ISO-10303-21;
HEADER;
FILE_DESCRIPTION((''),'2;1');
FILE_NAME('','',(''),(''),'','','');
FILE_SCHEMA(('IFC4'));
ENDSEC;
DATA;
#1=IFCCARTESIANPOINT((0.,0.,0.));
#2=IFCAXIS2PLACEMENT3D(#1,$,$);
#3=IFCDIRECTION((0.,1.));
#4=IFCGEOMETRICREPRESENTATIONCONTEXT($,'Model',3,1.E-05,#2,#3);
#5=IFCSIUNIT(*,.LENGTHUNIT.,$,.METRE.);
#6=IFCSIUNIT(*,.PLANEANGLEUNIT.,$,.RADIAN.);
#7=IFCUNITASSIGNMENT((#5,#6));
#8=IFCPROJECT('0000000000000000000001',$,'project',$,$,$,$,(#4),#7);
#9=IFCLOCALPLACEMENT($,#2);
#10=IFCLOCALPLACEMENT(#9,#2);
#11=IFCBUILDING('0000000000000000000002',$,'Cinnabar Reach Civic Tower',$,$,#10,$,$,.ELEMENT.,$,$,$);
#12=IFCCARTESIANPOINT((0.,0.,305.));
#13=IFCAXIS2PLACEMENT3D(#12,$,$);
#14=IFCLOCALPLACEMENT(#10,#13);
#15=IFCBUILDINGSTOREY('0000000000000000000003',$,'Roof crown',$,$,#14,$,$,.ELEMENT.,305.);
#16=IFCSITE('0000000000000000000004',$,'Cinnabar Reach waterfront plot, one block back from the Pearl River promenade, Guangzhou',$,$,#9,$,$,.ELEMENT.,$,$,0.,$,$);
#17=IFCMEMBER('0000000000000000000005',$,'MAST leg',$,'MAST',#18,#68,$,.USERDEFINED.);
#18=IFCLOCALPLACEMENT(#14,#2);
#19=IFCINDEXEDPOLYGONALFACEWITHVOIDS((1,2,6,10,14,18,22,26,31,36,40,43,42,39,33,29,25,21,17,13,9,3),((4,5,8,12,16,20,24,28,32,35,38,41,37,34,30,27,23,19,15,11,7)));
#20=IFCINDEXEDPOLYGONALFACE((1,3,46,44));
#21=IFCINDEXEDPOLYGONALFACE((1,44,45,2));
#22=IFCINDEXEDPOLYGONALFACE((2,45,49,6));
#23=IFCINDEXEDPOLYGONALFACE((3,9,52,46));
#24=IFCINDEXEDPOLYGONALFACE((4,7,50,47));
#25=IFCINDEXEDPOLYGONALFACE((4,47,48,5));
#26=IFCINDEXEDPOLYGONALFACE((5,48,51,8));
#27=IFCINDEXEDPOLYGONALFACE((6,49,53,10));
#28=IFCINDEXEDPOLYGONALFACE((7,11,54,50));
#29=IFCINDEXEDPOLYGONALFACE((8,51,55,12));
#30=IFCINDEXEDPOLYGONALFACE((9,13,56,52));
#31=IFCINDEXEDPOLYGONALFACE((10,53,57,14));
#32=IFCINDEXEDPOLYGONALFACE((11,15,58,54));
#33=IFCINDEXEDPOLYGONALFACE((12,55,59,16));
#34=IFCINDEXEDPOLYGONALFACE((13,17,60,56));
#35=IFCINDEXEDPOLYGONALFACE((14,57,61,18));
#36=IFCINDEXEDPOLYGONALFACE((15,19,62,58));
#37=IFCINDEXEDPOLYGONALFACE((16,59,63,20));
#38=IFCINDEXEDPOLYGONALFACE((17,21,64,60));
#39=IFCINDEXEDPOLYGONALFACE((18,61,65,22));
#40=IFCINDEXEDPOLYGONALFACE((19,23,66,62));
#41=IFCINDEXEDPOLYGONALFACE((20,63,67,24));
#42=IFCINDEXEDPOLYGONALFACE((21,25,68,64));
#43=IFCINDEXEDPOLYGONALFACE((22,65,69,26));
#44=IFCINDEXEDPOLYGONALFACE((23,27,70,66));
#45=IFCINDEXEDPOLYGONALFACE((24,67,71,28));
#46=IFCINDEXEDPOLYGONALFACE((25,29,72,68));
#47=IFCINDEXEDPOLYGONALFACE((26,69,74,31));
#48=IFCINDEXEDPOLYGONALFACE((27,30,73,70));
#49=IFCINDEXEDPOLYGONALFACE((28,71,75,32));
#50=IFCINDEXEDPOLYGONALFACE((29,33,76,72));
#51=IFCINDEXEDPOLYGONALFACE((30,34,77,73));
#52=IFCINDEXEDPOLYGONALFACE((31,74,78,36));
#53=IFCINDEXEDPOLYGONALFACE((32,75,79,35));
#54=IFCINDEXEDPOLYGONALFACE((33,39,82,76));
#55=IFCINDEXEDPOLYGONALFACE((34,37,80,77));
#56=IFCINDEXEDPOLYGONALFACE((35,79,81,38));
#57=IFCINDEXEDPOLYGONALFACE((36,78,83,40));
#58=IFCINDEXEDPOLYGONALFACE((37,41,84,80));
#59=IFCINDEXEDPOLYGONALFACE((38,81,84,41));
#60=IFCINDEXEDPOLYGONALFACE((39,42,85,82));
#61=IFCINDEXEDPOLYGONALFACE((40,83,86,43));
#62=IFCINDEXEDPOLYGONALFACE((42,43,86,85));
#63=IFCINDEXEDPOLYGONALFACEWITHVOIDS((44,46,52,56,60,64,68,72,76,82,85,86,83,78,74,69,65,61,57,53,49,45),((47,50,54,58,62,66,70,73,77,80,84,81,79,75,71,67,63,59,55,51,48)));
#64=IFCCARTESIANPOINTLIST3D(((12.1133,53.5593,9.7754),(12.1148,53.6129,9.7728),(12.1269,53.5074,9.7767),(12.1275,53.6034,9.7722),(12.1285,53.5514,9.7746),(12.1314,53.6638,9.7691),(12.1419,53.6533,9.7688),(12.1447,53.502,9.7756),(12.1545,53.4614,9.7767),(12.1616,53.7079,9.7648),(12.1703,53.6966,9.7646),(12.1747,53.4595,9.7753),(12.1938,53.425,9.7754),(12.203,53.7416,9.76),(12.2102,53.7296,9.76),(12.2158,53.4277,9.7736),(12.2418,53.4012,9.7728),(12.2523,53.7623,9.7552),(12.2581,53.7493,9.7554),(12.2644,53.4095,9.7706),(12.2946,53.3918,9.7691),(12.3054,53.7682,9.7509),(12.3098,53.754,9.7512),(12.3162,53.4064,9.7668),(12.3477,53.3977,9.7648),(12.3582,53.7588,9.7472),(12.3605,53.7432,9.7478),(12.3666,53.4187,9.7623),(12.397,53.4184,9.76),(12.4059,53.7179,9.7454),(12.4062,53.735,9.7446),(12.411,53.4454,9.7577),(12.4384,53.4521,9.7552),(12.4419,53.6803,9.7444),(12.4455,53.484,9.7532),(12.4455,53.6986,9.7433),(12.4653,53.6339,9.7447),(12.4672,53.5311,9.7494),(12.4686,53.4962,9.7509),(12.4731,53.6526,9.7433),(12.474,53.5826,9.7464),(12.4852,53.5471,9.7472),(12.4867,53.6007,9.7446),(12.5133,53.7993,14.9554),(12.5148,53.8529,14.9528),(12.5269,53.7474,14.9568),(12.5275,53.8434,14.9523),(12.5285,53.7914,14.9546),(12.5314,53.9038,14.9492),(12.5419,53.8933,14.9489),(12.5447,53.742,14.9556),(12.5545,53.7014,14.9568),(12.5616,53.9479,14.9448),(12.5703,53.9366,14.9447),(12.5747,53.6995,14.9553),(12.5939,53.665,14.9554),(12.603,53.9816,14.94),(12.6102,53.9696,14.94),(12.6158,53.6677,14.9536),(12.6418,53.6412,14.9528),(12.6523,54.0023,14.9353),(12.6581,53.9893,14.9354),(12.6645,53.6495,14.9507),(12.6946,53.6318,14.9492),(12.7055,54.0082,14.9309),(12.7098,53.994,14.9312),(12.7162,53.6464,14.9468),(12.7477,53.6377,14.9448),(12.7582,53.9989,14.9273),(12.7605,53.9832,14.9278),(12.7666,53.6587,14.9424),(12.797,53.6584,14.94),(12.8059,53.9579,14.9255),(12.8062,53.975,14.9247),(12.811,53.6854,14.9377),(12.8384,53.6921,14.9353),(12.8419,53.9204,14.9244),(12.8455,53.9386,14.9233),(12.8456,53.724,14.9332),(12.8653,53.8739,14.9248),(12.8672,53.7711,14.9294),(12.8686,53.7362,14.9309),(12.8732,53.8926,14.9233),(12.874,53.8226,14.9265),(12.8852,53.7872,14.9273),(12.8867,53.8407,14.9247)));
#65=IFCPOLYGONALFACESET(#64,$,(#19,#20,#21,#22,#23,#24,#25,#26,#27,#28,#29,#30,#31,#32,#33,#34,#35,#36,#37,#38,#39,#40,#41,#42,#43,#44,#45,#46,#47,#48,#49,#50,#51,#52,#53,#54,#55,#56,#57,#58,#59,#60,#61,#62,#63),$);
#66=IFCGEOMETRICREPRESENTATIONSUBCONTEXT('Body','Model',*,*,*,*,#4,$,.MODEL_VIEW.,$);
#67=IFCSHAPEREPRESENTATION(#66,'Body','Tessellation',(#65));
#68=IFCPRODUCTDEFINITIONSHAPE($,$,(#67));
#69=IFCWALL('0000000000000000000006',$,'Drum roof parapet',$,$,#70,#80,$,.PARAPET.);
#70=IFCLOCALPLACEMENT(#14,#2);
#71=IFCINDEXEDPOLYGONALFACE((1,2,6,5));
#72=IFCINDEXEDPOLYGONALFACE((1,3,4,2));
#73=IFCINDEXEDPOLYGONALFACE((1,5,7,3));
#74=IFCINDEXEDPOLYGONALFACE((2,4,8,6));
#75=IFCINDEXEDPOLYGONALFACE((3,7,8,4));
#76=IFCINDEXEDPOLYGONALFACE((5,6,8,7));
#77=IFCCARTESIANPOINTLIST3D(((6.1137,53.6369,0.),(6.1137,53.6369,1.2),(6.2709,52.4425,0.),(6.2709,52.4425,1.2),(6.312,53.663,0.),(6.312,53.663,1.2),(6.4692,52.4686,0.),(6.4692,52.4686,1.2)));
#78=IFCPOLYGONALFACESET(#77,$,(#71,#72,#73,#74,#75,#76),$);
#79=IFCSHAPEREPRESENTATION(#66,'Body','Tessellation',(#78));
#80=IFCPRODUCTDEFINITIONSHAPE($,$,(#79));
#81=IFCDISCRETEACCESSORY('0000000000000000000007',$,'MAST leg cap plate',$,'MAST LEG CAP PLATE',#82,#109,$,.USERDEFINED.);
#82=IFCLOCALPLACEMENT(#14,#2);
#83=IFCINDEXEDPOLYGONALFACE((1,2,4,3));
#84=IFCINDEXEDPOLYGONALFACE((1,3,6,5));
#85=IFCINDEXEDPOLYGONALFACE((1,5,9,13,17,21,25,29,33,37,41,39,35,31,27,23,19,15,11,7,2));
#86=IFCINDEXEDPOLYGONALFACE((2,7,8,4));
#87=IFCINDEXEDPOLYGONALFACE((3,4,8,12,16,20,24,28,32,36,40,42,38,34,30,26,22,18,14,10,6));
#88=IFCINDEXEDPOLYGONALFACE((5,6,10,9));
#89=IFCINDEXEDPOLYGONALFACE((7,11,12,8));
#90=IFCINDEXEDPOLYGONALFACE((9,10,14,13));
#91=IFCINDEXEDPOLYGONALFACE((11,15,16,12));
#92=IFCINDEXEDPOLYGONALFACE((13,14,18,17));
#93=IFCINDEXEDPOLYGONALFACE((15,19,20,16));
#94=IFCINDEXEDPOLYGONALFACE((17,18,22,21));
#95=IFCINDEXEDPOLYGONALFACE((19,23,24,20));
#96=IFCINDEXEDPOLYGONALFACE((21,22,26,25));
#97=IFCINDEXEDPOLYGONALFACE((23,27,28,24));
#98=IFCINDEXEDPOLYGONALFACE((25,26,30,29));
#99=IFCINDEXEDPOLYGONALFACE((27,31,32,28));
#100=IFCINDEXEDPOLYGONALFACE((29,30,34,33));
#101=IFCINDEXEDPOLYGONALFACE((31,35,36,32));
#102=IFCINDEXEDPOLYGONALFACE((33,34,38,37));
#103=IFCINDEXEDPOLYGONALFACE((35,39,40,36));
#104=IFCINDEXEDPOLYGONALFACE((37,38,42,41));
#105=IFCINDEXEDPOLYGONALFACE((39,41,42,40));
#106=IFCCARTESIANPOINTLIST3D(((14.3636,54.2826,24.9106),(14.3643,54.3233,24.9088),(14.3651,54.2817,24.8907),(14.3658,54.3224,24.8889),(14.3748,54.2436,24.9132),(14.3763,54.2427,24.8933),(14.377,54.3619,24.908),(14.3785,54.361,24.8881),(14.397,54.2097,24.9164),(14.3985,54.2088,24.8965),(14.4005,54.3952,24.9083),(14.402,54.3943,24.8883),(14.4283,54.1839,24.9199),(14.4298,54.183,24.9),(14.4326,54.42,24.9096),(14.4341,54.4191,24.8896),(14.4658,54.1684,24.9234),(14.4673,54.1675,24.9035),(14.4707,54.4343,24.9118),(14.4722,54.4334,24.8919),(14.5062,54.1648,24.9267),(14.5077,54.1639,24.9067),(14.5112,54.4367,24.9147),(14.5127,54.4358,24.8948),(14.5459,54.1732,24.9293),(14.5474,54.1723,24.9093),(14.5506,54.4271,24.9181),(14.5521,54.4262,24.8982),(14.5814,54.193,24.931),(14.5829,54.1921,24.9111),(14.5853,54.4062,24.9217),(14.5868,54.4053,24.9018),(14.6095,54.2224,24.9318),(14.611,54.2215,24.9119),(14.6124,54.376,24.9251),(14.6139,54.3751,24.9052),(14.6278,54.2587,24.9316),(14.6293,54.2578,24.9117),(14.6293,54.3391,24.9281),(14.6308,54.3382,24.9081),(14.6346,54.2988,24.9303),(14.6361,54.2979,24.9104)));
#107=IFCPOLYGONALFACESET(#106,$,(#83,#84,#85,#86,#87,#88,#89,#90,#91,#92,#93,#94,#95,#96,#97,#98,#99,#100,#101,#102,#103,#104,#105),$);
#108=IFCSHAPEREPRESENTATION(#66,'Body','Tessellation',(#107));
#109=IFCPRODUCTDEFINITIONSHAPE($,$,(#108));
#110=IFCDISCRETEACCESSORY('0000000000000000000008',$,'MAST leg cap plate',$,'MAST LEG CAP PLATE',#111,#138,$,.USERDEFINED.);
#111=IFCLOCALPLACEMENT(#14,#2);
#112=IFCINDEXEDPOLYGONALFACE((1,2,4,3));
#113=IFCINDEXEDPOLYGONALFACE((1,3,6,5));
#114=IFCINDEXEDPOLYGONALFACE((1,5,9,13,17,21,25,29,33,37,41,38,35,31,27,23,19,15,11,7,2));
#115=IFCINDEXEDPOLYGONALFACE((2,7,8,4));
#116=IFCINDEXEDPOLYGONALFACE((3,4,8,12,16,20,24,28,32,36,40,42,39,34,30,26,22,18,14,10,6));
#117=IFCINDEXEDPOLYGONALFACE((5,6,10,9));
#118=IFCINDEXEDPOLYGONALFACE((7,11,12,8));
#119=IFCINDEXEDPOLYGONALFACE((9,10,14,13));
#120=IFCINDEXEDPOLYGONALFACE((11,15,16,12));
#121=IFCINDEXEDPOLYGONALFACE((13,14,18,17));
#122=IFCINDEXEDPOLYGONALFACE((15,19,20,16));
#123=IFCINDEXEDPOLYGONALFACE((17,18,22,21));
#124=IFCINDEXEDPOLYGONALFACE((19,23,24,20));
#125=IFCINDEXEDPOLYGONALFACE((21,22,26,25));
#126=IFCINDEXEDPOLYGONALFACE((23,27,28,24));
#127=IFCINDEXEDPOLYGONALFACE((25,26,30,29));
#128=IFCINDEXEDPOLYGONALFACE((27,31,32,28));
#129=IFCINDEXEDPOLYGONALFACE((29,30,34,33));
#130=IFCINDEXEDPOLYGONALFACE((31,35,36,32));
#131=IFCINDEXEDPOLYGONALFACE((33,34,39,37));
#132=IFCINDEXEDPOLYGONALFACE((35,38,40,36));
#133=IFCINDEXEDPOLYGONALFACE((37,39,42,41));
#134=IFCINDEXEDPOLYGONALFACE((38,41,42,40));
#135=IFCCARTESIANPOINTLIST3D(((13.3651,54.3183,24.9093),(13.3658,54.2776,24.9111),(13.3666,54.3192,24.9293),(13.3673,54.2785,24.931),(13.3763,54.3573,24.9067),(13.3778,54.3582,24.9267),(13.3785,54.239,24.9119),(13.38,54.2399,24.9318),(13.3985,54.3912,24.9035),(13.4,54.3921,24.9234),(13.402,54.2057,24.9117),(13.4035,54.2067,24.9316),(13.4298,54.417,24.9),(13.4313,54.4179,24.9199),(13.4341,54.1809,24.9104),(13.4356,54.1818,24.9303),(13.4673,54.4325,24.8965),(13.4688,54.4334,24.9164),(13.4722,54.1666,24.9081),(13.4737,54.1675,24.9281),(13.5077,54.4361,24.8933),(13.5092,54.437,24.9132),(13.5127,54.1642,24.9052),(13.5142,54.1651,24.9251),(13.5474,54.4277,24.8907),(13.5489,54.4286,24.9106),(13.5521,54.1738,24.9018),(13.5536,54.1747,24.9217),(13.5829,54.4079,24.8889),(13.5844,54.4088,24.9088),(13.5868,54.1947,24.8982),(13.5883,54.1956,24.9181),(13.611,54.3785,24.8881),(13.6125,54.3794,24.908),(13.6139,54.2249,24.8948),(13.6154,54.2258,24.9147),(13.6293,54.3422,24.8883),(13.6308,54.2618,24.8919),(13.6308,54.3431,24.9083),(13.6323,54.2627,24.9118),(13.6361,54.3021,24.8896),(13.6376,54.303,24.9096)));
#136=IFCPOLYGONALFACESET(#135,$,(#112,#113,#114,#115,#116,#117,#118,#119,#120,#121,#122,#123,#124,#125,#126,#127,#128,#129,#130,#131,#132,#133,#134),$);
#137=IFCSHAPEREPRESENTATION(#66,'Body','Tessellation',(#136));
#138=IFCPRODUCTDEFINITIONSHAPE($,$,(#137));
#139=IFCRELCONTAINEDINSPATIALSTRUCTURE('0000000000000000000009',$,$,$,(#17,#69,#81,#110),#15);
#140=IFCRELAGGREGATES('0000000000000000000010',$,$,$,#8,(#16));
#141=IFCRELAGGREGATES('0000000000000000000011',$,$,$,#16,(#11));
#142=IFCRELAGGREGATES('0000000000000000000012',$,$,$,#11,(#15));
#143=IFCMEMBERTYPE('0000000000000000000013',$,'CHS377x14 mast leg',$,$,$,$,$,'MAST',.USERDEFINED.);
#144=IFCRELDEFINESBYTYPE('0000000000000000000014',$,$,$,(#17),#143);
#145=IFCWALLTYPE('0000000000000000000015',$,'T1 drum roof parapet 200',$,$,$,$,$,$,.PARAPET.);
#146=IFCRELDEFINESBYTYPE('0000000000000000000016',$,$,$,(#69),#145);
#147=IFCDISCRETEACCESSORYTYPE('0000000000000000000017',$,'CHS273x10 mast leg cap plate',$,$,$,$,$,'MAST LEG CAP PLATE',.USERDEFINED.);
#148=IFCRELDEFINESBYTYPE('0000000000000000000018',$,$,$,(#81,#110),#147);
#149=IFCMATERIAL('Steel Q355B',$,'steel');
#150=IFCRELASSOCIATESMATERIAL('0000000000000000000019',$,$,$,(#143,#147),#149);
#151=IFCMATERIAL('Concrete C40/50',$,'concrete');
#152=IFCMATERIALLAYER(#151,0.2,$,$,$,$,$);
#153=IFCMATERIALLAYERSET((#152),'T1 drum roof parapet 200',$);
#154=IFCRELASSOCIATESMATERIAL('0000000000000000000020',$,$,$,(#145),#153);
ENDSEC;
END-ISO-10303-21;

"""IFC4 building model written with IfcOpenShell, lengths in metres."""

from ifc_helpers import new_model, si_unit, direction, frame, frame_2d, origin, origin_2d, place, context, subcontext, project, spatial, rectangle, circle, hollow_circle, extrude, material, layer, layer_set, material_profile, profile_set, type_object, element, save


model = new_model("IFC4")

# Units and contexts
model_context = context("Model", 3, precision=1e-05, world=origin(), true_north=direction((0.0, 1.0)))
body_context = subcontext(model_context, "Body", "Model", "MODEL_VIEW")
ifc_project = project(units=[si_unit("LENGTHUNIT", "METRE"), si_unit("PLANEANGLEUNIT", "RADIAN")], contexts=[model_context])

# Site, building, storey
site_placement = place(None, origin())
site = spatial("IfcSite", under=ifc_project, at=site_placement, Name="Cinnabar Reach waterfront plot, one block back from the Pearl River promenade, Guangzhou", CompositionType="ELEMENT", RefElevation=0.0)
building_placement = place(site_placement, origin())
building = spatial("IfcBuilding", under=site, at=building_placement, Name="Cinnabar Reach Civic Tower", CompositionType="ELEMENT")
storey_placement = place(building_placement, frame((0.0, 0.0, 305.0)))
storey = spatial("IfcBuildingStorey", under=building, at=storey_placement, Name="Roof crown", CompositionType="ELEMENT", Elevation=305.0)

# Member
ifc_material_1 = material(Name="Steel Q355B", Category="steel")
ifc_material_profile_1 = material_profile(ifc_material_1, hollow_circle(Radius=0.1885, WallThickness=0.014, at=origin_2d()), Name="CHS377x14")
ifc_profile_set_1 = profile_set([ifc_material_profile_1], Name="Steel Q355B")
member_type_1 = type_object("IfcMemberType", Name="CHS377x14 mast leg", ElementType="MAST", PredefinedType="USERDEFINED", material=ifc_profile_set_1)
member_1_placement = place(storey_placement, frame((12.3, 53.58, 9.76), z_axis=(0.076909, 0.046145, 0.99597), x_axis=(-0.514496, 0.857493, 0.0)))
element("IfcMember", 1, at=member_1_placement, inside=storey, type_object=member_type_1, Name="MAST leg", ObjectType="MAST", PredefinedType="USERDEFINED", context=body_context, shape_type="SweptSolid", body=[
    extrude(hollow_circle(Radius=0.1885, WallThickness=0.014, at=origin_2d()), origin(), (0.0, 0.0, 1.0), 5.201),
])

# Wall
ifc_material_2 = material(Name="Concrete C40/50", Category="concrete")
ifc_layer = layer(ifc_material_2, 0.2)
ifc_layer_set = layer_set([ifc_layer], Name="T1 drum roof parapet 200")
wall_type = type_object("IfcWallType", Name="T1 drum roof parapet 200", PredefinedType="PARAPET", material=ifc_layer_set)
wall_placement = place(storey_placement, frame((6.2128, 53.65, 0.0), z_axis=(0.0, 0.0, 1.0), x_axis=(0.130489, -0.99145, 0.0)))
element("IfcWall", 2, at=wall_placement, inside=storey, type_object=wall_type, Name="Drum roof parapet", PredefinedType="PARAPET", context=body_context, shape_type="SweptSolid", body=[
    extrude(rectangle(XDim=1.2047, YDim=0.2, at=frame_2d((0.6024, 0.0))), origin(), (0.0, 0.0, 1.0), 1.2),
])

# Discrete accessories
ifc_material_profile_2 = material_profile(ifc_material_1, circle(Radius=0.1365, at=origin_2d()), Name="CHS273x10 mast leg cap plate")
ifc_profile_set_2 = profile_set([ifc_material_profile_2], Name="Steel Q355B")
discrete_accessory_type = type_object("IfcDiscreteAccessoryType", Name="CHS273x10 mast leg cap plate", ElementType="MAST LEG CAP PLATE", PredefinedType="USERDEFINED", material=ifc_profile_set_2)
for number, where, z_axis, x_axis, name in (
    (3, (14.5, 54.3, 24.9), (-0.075087, 0.045052, 0.996159), (-0.514496, -0.857493, 0.0), "MAST leg cap plate"),
    (4, (13.5, 54.3, 24.9), (0.075087, 0.045052, 0.996159), (-0.514496, 0.857493, 0.0), "MAST leg cap plate"),
):
    element("IfcDiscreteAccessory", number, at=place(storey_placement, frame(where, z_axis=z_axis, x_axis=x_axis)), inside=storey, type_object=discrete_accessory_type, Name=name, ObjectType="MAST LEG CAP PLATE", PredefinedType="USERDEFINED", context=body_context, shape_type="SweptSolid", body=[
        extrude(circle(Radius=0.1365, at=origin_2d()), origin(), (0.0, 0.0, 1.0), 0.02),
    ])

save(model, "model.ifc")
